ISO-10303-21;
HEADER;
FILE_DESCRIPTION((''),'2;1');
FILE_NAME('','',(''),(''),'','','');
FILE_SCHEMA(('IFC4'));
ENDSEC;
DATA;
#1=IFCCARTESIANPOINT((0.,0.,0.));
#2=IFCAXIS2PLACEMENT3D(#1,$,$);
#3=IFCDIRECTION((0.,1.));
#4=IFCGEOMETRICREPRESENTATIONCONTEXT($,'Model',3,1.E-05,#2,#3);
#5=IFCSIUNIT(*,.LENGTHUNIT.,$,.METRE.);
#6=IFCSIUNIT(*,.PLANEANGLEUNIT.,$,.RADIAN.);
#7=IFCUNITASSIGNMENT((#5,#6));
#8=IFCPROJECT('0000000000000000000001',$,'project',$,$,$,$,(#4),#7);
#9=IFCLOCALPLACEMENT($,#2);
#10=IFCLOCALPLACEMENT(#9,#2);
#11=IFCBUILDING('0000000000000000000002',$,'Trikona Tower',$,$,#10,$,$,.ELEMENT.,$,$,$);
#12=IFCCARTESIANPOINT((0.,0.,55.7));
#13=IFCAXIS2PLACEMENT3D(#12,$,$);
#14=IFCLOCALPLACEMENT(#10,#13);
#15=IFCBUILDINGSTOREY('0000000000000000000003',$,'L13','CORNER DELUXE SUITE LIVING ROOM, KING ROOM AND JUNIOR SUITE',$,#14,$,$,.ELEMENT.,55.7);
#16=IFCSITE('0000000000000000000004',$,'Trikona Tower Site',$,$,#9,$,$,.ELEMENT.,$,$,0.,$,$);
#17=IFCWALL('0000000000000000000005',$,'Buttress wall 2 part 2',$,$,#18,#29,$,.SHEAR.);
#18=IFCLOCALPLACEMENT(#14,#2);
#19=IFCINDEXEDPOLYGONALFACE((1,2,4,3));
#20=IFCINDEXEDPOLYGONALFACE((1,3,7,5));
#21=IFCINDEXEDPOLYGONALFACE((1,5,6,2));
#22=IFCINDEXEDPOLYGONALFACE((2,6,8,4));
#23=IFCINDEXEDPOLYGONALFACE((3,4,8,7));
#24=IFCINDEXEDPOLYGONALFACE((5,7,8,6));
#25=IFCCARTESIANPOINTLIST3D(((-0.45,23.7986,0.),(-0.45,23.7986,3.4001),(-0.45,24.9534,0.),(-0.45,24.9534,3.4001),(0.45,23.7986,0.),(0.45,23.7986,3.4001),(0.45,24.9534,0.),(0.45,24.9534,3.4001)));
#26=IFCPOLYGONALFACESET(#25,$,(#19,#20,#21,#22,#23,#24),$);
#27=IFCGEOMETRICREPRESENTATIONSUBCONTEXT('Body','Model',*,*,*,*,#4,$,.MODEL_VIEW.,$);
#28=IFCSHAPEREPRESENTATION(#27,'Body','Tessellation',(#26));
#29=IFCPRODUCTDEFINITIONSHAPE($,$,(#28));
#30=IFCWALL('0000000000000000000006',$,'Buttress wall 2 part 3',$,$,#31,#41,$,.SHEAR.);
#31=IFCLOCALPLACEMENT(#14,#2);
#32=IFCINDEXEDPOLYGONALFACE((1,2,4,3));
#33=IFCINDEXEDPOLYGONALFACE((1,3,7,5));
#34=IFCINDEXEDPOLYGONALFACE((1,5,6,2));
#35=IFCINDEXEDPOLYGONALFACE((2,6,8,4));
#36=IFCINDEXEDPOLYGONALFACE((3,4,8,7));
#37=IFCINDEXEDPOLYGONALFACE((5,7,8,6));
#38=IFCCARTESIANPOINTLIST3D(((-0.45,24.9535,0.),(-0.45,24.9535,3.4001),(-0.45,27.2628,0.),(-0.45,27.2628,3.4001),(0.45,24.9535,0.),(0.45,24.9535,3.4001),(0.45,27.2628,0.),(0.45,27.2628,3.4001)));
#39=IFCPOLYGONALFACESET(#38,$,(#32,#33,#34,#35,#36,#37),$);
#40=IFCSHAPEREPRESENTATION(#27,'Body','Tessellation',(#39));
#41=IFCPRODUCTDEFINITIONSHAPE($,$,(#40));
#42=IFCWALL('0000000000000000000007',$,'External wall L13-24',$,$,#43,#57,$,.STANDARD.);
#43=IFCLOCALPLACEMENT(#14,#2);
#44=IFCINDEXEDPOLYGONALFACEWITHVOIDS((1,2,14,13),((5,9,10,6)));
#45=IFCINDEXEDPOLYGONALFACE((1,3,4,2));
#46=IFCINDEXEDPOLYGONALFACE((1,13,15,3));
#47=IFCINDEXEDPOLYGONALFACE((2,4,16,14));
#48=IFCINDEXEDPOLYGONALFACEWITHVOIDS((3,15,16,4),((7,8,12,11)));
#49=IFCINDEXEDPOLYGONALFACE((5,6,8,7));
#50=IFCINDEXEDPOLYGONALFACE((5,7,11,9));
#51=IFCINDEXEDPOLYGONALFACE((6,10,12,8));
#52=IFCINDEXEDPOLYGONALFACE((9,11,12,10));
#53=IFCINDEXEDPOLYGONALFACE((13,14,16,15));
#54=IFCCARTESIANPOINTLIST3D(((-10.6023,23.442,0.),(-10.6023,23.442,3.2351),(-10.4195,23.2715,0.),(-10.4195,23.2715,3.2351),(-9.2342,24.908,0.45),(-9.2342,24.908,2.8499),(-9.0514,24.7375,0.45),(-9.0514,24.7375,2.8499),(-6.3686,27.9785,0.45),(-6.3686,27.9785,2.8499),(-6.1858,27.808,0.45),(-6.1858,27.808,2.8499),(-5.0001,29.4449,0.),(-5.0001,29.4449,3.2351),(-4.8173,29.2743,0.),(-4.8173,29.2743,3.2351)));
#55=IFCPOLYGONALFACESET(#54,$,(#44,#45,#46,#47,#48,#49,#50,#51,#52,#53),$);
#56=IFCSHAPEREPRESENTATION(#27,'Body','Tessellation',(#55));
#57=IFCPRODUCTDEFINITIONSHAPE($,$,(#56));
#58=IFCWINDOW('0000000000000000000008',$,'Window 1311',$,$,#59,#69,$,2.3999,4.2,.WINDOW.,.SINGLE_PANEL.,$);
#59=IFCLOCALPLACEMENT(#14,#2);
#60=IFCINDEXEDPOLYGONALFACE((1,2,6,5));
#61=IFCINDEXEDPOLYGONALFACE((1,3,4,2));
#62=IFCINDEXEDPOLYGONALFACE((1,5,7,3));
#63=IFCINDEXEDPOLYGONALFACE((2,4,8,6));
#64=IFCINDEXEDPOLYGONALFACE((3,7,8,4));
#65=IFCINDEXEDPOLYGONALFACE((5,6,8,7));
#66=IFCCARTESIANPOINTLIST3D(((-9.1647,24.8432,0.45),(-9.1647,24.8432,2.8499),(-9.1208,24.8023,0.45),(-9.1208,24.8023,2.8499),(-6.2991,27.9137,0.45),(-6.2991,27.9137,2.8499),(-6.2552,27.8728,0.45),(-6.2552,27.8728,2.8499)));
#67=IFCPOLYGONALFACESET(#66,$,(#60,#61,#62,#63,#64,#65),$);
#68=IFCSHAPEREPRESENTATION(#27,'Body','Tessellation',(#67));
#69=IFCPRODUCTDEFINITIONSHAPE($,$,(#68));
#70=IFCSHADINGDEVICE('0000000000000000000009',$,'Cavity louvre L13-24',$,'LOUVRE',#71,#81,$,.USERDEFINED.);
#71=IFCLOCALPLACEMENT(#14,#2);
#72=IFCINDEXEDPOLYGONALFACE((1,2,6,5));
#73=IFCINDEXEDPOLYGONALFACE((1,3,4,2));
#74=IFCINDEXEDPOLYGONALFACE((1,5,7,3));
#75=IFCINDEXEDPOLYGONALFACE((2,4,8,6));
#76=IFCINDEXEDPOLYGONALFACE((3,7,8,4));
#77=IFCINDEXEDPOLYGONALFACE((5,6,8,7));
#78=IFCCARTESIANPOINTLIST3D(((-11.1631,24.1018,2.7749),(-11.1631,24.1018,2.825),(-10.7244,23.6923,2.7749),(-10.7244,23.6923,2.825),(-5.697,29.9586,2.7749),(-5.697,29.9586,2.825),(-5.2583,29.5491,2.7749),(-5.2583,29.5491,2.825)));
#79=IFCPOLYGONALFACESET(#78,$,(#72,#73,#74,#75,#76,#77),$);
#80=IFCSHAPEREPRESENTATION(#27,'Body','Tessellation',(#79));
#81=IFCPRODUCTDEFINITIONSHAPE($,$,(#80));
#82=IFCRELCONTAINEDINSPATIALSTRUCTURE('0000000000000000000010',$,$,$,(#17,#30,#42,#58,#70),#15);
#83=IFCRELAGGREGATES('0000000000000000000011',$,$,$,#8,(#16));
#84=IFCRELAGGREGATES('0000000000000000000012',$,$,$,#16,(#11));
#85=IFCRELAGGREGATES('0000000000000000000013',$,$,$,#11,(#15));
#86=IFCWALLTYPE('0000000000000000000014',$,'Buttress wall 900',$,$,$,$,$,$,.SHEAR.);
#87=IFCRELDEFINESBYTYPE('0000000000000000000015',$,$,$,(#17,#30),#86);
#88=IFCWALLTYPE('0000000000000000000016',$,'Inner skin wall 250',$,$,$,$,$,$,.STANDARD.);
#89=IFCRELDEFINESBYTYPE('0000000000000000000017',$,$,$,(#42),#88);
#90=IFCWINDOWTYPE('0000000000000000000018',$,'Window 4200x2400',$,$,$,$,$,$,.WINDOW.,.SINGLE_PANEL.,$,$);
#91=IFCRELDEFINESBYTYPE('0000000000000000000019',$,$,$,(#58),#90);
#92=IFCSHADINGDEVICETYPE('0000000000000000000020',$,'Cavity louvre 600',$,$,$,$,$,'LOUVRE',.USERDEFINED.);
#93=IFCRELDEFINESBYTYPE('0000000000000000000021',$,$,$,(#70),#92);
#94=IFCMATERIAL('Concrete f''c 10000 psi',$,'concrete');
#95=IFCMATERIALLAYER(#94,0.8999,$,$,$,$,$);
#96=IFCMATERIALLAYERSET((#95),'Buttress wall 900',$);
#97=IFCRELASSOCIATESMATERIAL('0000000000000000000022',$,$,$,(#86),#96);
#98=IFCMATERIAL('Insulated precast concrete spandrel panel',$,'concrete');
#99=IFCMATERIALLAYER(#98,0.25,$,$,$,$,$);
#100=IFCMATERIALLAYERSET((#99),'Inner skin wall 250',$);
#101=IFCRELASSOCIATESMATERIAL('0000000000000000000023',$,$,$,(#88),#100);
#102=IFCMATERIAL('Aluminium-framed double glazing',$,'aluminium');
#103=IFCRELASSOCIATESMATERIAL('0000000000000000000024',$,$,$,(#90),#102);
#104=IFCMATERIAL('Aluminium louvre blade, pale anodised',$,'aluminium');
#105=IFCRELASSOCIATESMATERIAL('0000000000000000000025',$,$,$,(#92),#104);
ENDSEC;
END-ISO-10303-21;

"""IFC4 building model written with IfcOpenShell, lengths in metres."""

from ifc_helpers import new_model, si_unit, direction, frame, frame_2d, origin, origin_2d, place, context, subcontext, project, spatial, rectangle, extrude, material, layer, layer_set, type_object, element, fill, save


model = new_model("IFC4")

# Units and contexts
model_context = context("Model", 3, precision=1e-05, world=origin(), true_north=direction((0.0, 1.0)))
body_context = subcontext(model_context, "Body", "Model", "MODEL_VIEW")
ifc_project = project(units=[si_unit("LENGTHUNIT", "METRE"), si_unit("PLANEANGLEUNIT", "RADIAN")], contexts=[model_context])

# Site, building, storey
site_placement = place(None, origin())
site = spatial("IfcSite", under=ifc_project, at=site_placement, Name="Trikona Tower Site", CompositionType="ELEMENT", RefElevation=0.0)
building_placement = place(site_placement, origin())
building = spatial("IfcBuilding", under=site, at=building_placement, Name="Trikona Tower", CompositionType="ELEMENT")
storey_placement = place(building_placement, frame((0.0, 0.0, 55.7)))
storey = spatial("IfcBuildingStorey", under=building, at=storey_placement, Name="L13", Description="CORNER DELUXE SUITE LIVING ROOM, KING ROOM AND JUNIOR SUITE", CompositionType="ELEMENT", Elevation=55.7)

# Walls
ifc_material_1 = material(Name="Concrete f'c 10000 psi", Category="concrete")
ifc_layer_1 = layer(ifc_material_1, 0.8999)
ifc_layer_set_1 = layer_set([ifc_layer_1], Name="Buttress wall 900")
wall_type_1 = type_object("IfcWallType", Name="Buttress wall 900", PredefinedType="SHEAR", material=ifc_layer_set_1)
wall_1_placement = place(storey_placement, frame((0.0, 23.7986, 0.0), z_axis=(0.0, 0.0, 1.0), x_axis=(0.0, 1.0, 0.0)))
element("IfcWall", 1, at=wall_1_placement, inside=storey, type_object=wall_type_1, Name="Buttress wall 2 part 2", PredefinedType="SHEAR", context=body_context, shape_type="SweptSolid", body=[
    extrude(rectangle(XDim=1.1548, YDim=0.8999, at=frame_2d((0.5774, 0.0))), origin(), (0.0, 0.0, 1.0), 3.4001),
])
wall_2_placement = place(storey_placement, frame((0.0, 24.9534, 0.0), z_axis=(0.0, 0.0, 1.0), x_axis=(0.0, 1.0, 0.0)))
element("IfcWall", 2, at=wall_2_placement, inside=storey, type_object=wall_type_1, Name="Buttress wall 2 part 3", PredefinedType="SHEAR", context=body_context, shape_type="SweptSolid", body=[
    extrude(rectangle(XDim=2.3093, YDim=0.8999, at=frame_2d((1.1548, 0.0))), origin(), (0.0, 0.0, 1.0), 3.4001),
])

# Wall, opening, window
ifc_material_2 = material(Name="Insulated precast concrete spandrel panel", Category="concrete")
ifc_layer_2 = layer(ifc_material_2, 0.25)
ifc_layer_set_2 = layer_set([ifc_layer_2], Name="Inner skin wall 250")
wall_type_2 = type_object("IfcWallType", Name="Inner skin wall 250", PredefinedType="STANDARD", material=ifc_layer_set_2)
wall_3_placement = place(storey_placement, frame((-4.9087, 29.3596, 0.0), z_axis=(0.0, 0.0, 1.0), x_axis=(-0.68229, -0.731082, 0.0)))
wall_3 = element("IfcWall", 3, at=wall_3_placement, inside=storey, type_object=wall_type_2, Name="External wall L13-24", PredefinedType="STANDARD", context=body_context, shape_type="SweptSolid", body=[
    extrude(rectangle(XDim=8.2109, YDim=0.25, at=frame_2d((4.1055, 0.0))), origin(), (0.0, 0.0, 1.0), 3.2351),
])
opening_1_placement = place(wall_3_placement, frame((2.0056, 0.0, 0.45)))
opening_1 = element("IfcOpeningElement", 4, at=opening_1_placement, cuts=wall_3, PredefinedType="OPENING", context=body_context, shape_type="SweptSolid", body=[
    extrude(rectangle(XDim=4.2, YDim=2.3999, at=frame_2d((2.1001, 1.2))), frame((0.0, 0.135, 0.0), z_axis=(0.0, -1.0, 0.0), x_axis=(1.0, 0.0, 0.0)), (0.0, 0.0, 1.0), 0.27),
])
ifc_material_3 = material(Name="Aluminium-framed double glazing", Category="aluminium")
window_type_1 = type_object("IfcWindowType", Name="Window 4200x2400", PartitioningType="SINGLE_PANEL", PredefinedType="WINDOW", material=ifc_material_3)
window_1_placement = place(opening_1_placement, origin())
window_1 = element("IfcWindow", 5, at=window_1_placement, inside=storey, type_object=window_type_1, Name="Window 1311", OverallHeight=2.3999, OverallWidth=4.2, PartitioningType="SINGLE_PANEL", PredefinedType="WINDOW", context=body_context, shape_type="SweptSolid", body=[
    extrude(rectangle(XDim=4.2, YDim=2.3999, at=frame_2d((2.1001, 1.2))), frame((0.0, 0.03, 0.0), z_axis=(0.0, -1.0, 0.0), x_axis=(1.0, 0.0, 0.0)), (0.0, 0.0, 1.0), 0.0601),
])
fill(opening_1, window_1)

# Shading device
ifc_material_4 = material(Name="Aluminium louvre blade, pale anodised", Category="aluminium")
shading_device_type = type_object("IfcShadingDeviceType", Name="Cavity louvre 600", ElementType="LOUVRE", PredefinedType="USERDEFINED", material=ifc_material_4)
shading_device_placement = place(storey_placement, frame((-8.2107, 26.8254, 2.7749), z_axis=(0.0, 0.0, 1.0), x_axis=(-0.682298, -0.731074, 0.0)))
element("IfcShadingDevice", 6, at=shading_device_placement, inside=storey, type_object=shading_device_type, Name="Cavity louvre L13-24", ObjectType="LOUVRE", PredefinedType="USERDEFINED", context=body_context, shape_type="SweptSolid", body=[
    extrude(rectangle(XDim=8.0112, YDim=0.6001, at=origin_2d()), origin(), (0.0, 0.0, 1.0), 0.05),
])

save(model, "model.ifc")
